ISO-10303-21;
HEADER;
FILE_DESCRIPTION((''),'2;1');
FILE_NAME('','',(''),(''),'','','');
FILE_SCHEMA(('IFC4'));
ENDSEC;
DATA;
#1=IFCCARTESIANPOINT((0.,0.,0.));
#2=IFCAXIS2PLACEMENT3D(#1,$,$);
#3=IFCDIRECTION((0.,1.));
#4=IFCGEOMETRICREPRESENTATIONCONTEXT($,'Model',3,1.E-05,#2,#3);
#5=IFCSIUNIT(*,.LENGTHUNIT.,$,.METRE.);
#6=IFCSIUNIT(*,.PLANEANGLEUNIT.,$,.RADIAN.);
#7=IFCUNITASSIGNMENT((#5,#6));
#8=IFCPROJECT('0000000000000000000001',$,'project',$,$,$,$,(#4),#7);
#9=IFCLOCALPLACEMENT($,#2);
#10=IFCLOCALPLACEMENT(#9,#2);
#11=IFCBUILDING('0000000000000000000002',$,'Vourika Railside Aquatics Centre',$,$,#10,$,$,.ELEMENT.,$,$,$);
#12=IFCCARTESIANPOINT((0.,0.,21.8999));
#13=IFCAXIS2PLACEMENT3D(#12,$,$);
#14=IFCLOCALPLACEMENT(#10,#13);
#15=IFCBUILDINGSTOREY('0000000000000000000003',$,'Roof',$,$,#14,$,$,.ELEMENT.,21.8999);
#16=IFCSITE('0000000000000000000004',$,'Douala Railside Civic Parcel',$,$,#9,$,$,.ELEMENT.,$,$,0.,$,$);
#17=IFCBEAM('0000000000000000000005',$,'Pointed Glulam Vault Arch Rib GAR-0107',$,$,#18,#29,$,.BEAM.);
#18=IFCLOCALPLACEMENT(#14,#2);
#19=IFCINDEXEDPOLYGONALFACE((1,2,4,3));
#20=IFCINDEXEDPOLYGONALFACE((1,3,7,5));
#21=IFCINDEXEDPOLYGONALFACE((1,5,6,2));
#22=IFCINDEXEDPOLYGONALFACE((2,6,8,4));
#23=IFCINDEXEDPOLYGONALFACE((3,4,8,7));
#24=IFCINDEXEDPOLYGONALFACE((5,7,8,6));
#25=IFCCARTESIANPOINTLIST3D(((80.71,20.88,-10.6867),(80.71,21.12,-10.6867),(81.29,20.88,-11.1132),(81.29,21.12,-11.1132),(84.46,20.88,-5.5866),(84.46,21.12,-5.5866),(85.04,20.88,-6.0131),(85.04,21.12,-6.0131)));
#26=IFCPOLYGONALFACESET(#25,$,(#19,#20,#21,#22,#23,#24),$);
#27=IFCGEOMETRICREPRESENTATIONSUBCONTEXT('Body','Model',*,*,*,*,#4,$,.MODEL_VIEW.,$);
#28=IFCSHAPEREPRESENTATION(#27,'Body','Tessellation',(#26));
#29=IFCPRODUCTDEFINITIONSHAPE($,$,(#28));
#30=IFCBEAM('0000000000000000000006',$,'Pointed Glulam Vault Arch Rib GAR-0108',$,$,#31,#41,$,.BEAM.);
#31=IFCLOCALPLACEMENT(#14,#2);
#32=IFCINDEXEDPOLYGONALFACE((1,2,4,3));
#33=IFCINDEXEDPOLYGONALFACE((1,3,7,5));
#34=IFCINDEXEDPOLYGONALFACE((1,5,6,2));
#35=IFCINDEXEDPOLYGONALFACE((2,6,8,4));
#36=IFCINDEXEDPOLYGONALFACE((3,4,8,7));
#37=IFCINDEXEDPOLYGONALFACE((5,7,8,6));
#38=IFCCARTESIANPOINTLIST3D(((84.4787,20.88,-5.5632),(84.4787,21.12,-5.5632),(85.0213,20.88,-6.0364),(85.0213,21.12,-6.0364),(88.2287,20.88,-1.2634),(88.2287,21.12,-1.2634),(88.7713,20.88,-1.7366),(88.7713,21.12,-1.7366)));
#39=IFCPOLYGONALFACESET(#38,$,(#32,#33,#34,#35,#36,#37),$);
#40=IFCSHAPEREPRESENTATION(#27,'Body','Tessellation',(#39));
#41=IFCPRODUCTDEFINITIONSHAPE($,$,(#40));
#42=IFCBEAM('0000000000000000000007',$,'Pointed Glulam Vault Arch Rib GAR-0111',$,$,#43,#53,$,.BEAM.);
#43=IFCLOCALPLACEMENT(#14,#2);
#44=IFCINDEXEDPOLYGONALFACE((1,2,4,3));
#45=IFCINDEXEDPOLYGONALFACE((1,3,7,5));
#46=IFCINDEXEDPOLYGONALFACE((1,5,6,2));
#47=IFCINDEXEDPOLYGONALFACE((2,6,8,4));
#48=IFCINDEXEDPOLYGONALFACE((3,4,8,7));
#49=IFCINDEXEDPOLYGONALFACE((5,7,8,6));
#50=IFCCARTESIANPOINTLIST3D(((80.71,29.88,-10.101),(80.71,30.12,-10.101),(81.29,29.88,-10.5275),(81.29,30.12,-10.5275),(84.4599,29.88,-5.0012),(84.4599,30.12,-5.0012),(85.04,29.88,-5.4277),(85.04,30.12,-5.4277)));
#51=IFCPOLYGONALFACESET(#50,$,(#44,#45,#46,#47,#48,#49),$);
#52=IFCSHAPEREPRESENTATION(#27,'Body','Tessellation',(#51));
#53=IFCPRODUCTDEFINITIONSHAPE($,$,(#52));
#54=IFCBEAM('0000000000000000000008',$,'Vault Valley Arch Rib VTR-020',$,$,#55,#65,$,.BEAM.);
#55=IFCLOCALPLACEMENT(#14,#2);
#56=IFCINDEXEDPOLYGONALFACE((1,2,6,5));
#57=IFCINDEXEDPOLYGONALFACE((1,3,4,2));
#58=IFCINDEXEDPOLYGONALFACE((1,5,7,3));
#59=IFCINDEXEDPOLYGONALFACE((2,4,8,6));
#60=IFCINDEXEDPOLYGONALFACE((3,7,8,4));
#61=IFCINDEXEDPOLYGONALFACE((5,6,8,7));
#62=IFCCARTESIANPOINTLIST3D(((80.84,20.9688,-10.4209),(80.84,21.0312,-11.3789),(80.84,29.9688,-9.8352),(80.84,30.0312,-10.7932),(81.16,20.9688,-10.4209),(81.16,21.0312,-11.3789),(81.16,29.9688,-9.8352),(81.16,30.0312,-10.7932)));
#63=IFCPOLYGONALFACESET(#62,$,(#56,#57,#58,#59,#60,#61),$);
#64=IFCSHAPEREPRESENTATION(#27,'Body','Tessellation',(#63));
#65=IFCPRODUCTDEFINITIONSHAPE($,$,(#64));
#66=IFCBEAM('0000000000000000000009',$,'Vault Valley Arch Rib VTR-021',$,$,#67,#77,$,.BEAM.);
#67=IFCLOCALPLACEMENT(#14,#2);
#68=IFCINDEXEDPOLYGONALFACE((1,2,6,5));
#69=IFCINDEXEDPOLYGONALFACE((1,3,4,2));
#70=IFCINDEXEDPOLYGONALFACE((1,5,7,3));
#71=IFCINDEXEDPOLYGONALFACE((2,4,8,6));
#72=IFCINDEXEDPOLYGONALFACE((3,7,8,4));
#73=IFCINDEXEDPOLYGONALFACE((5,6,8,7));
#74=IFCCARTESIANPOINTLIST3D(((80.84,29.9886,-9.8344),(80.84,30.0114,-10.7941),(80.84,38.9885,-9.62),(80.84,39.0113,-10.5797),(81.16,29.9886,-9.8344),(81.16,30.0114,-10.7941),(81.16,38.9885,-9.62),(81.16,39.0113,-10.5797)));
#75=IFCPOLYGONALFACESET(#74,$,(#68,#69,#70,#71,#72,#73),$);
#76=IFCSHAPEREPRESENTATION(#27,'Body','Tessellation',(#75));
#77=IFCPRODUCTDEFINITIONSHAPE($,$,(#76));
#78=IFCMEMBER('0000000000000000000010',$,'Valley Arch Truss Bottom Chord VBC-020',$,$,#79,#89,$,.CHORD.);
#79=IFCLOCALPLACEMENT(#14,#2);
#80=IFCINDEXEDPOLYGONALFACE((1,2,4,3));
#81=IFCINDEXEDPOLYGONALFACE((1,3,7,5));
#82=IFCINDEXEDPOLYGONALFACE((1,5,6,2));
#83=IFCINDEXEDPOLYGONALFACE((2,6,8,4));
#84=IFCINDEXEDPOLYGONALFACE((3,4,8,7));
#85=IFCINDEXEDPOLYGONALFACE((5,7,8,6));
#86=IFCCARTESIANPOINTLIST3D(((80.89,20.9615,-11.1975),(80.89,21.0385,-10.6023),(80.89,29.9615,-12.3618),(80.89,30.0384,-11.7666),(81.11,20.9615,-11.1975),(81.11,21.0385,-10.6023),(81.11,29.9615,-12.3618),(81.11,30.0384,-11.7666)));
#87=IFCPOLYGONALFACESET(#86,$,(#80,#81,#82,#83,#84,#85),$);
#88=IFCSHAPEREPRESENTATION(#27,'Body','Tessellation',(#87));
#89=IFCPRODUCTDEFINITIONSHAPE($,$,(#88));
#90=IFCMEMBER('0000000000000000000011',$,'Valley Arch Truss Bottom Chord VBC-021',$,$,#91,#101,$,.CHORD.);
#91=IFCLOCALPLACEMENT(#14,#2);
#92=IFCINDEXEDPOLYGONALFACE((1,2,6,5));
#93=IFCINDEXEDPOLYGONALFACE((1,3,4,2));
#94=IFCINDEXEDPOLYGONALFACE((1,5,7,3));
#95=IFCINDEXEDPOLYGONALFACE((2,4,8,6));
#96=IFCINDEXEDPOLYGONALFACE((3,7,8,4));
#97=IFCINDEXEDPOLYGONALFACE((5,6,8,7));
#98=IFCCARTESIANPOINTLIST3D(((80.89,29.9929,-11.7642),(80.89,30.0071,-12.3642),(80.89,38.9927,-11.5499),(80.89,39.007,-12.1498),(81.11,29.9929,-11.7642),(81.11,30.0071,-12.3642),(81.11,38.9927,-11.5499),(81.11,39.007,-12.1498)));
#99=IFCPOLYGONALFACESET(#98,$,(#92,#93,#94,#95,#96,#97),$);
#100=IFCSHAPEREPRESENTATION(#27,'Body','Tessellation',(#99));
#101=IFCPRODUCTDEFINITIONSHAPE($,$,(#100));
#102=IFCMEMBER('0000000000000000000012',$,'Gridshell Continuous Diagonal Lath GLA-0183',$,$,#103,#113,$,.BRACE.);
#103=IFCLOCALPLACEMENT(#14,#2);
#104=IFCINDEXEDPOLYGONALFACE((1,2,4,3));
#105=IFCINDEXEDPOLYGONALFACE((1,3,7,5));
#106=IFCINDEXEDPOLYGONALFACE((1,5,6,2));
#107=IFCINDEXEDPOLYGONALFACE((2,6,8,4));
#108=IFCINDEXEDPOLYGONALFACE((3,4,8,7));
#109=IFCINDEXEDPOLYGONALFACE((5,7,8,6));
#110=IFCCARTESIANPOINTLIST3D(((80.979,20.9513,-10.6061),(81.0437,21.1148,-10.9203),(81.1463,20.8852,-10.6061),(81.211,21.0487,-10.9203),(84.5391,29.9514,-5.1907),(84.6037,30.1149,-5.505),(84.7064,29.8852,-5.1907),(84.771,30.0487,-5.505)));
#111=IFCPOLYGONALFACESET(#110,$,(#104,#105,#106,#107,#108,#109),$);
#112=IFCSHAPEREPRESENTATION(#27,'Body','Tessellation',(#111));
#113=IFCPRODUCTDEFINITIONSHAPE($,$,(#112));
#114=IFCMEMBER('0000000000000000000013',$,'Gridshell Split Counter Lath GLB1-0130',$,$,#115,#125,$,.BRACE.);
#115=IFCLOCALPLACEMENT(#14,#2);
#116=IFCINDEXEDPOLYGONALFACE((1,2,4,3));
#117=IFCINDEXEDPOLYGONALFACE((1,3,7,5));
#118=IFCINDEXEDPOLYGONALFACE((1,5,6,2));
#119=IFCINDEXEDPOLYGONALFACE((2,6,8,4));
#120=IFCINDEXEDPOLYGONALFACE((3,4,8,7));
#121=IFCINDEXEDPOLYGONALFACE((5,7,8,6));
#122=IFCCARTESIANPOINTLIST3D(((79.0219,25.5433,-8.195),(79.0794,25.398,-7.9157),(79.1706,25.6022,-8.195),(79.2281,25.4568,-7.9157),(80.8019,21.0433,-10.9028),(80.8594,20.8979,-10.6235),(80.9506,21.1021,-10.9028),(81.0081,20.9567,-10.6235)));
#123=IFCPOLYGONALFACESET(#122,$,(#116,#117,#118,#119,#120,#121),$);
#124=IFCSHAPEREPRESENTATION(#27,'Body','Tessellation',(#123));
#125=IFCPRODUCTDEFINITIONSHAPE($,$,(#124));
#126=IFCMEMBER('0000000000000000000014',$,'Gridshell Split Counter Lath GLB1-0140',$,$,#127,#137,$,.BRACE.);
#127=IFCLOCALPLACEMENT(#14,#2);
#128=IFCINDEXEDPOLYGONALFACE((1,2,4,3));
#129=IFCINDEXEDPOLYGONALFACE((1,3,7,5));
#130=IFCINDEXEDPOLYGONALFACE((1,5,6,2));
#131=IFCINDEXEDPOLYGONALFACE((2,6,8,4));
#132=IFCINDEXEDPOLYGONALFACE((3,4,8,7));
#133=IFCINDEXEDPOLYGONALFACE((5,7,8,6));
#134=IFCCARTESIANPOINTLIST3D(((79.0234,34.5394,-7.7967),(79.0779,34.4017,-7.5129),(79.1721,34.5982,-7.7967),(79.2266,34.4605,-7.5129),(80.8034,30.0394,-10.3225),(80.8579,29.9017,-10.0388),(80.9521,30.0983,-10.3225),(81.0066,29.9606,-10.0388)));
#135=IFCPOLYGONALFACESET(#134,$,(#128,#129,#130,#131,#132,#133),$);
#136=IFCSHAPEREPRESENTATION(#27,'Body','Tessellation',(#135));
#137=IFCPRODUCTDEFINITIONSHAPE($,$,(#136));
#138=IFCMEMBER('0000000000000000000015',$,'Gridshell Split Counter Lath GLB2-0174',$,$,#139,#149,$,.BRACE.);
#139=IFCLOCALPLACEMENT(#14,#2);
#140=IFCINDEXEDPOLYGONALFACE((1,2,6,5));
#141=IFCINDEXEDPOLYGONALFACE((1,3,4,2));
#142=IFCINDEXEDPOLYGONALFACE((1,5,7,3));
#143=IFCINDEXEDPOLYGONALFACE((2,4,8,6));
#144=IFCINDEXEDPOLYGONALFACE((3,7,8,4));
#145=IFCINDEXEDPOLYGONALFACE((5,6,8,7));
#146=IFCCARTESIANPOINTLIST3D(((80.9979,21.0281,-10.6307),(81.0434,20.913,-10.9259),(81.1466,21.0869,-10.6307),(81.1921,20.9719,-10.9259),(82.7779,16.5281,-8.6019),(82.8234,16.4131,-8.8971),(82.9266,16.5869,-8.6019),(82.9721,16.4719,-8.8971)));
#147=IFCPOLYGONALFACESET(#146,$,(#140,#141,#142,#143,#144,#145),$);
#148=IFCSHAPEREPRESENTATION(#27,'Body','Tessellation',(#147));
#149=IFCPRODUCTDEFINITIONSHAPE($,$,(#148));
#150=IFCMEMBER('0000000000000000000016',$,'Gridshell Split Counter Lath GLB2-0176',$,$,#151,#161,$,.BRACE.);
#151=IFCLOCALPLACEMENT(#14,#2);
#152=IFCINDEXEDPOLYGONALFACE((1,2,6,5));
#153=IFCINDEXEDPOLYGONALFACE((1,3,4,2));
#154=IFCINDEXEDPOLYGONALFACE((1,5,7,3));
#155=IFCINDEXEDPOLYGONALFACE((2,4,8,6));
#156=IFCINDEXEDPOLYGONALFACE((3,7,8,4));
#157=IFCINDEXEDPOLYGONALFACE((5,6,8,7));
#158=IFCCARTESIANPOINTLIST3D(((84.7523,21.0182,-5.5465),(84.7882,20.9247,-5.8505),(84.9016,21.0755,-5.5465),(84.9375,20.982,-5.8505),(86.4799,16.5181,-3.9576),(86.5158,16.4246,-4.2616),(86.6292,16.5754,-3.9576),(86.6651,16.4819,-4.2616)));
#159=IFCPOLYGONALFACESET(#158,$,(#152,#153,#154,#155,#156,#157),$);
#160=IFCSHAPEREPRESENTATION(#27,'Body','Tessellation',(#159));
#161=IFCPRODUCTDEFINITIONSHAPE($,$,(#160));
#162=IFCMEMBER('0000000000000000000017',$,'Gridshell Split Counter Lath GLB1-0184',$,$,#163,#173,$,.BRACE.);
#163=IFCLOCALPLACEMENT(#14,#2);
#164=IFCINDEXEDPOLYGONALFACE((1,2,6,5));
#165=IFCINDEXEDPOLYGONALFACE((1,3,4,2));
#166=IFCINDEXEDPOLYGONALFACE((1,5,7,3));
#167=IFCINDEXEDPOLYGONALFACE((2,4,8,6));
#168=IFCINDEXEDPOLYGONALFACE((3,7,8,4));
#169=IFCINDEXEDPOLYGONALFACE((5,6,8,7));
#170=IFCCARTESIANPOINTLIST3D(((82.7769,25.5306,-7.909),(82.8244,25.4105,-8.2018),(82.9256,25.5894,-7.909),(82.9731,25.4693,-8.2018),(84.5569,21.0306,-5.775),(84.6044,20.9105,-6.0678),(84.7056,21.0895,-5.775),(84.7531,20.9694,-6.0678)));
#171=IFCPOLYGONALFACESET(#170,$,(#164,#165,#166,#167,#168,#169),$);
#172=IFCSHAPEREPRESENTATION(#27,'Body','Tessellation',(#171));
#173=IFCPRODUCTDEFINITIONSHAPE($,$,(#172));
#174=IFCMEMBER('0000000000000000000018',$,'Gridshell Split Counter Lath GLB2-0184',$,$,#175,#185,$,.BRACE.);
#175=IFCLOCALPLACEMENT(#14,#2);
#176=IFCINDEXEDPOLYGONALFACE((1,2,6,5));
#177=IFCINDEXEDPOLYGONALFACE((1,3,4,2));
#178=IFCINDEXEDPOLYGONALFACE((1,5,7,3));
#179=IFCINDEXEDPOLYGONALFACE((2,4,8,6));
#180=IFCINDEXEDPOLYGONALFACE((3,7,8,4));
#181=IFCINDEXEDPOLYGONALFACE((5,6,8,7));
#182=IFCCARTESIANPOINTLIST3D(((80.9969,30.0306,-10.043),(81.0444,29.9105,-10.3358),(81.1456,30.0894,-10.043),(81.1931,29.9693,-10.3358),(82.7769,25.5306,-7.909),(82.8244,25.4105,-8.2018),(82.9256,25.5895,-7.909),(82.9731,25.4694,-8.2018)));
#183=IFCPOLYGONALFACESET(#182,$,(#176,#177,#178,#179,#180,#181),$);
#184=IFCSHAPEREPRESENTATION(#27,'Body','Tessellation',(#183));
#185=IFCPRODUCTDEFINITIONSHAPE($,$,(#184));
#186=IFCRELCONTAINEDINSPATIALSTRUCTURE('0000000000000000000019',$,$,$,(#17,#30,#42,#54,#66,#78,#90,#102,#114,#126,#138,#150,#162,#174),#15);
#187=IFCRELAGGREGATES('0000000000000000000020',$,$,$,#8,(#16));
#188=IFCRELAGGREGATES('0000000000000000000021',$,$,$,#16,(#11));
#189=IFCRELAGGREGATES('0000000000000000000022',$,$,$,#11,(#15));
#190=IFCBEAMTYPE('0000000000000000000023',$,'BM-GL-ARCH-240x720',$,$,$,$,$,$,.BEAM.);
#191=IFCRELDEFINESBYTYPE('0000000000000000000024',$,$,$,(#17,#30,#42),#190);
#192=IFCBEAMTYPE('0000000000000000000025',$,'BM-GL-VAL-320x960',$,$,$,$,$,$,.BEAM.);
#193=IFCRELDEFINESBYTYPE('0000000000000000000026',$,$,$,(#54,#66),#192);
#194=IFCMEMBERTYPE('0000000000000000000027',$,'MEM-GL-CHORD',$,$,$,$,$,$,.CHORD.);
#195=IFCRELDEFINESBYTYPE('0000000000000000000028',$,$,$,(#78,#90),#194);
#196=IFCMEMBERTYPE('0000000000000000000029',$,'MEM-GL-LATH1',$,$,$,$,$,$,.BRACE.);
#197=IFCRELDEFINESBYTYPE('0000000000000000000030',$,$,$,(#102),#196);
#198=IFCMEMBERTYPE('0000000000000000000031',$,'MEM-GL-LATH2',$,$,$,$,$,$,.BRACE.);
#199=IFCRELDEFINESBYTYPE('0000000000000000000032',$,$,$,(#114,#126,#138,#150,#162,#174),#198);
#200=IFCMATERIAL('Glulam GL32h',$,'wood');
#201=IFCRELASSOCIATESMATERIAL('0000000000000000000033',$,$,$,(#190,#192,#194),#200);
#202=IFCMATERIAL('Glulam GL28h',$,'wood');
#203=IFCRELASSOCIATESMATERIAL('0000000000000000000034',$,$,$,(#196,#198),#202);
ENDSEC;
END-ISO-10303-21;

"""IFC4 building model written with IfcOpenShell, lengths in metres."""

from ifc_helpers import new_model, si_unit, direction, frame, origin, origin_2d, place, context, subcontext, project, spatial, rectangle, extrude, material, material_profile, profile_set, type_object, element, save


model = new_model("IFC4")

# Units and contexts
model_context = context("Model", 3, precision=1e-05, world=origin(), true_north=direction((0.0, 1.0)))
body_context = subcontext(model_context, "Body", "Model", "MODEL_VIEW")
ifc_project = project(units=[si_unit("LENGTHUNIT", "METRE"), si_unit("PLANEANGLEUNIT", "RADIAN")], contexts=[model_context])

# Site, building, storey
site_placement = place(None, origin())
site = spatial("IfcSite", under=ifc_project, at=site_placement, Name="Douala Railside Civic Parcel", CompositionType="ELEMENT", RefElevation=0.0)
building_placement = place(site_placement, origin())
building = spatial("IfcBuilding", under=site, at=building_placement, Name="Vourika Railside Aquatics Centre", CompositionType="ELEMENT")
storey_placement = place(building_placement, frame((0.0, 0.0, 21.8999)))
storey = spatial("IfcBuildingStorey", under=building, at=storey_placement, Name="Roof", CompositionType="ELEMENT", Elevation=21.8999)

# Beams
ifc_material_1 = material(Name="Glulam GL32h", Category="wood")
ifc_material_profile_1 = material_profile(ifc_material_1, rectangle(XDim=0.24, YDim=0.72, at=origin_2d()), Name="GL32h 240x720")
ifc_profile_set_1 = profile_set([ifc_material_profile_1], Name="Glulam GL32h")
beam_type_1 = type_object("IfcBeamType", Name="BM-GL-ARCH-240x720", PredefinedType="BEAM", material=ifc_profile_set_1)
beam_1_placement = place(storey_placement, frame((81.0, 21.0, -10.8999), z_axis=(0.592383, 0.0, 0.805656), x_axis=(0.0, 1.0, 0.0)))
element("IfcBeam", 1, at=beam_1_placement, inside=storey, type_object=beam_type_1, Name="Pointed Glulam Vault Arch Rib GAR-0107", PredefinedType="BEAM", context=body_context, shape_type="SweptSolid", body=[
    extrude(rectangle(XDim=0.24, YDim=0.72, at=origin_2d()), origin(), (0.0, 0.0, 1.0), 6.3303),
])
beam_2_placement = place(storey_placement, frame((84.75, 21.0, -5.7998), z_axis=(0.65728, 0.0, 0.753647), x_axis=(0.0, 1.0, 0.0)))
element("IfcBeam", 2, at=beam_2_placement, inside=storey, type_object=beam_type_1, Name="Pointed Glulam Vault Arch Rib GAR-0108", PredefinedType="BEAM", context=body_context, shape_type="SweptSolid", body=[
    extrude(rectangle(XDim=0.24, YDim=0.72, at=origin_2d()), origin(), (0.0, 0.0, 1.0), 5.7053),
])
beam_3_placement = place(storey_placement, frame((81.0, 30.0, -10.3142), z_axis=(0.592401, 0.0, 0.805643), x_axis=(0.0, 1.0, 0.0)))
element("IfcBeam", 3, at=beam_3_placement, inside=storey, type_object=beam_type_1, Name="Pointed Glulam Vault Arch Rib GAR-0111", PredefinedType="BEAM", context=body_context, shape_type="SweptSolid", body=[
    extrude(rectangle(XDim=0.24, YDim=0.72, at=origin_2d()), origin(), (0.0, 0.0, 1.0), 6.3301),
])
ifc_material_profile_2 = material_profile(ifc_material_1, rectangle(XDim=0.3201, YDim=0.96, at=origin_2d()), Name="GL32h 320x960")
ifc_profile_set_2 = profile_set([ifc_material_profile_2], Name="Glulam GL32h")
beam_type_2 = type_object("IfcBeamType", Name="BM-GL-VAL-320x960", PredefinedType="BEAM", material=ifc_profile_set_2)
beam_4_placement = place(storey_placement, frame((81.0, 21.0, -10.8999), z_axis=(0.0, 0.997889, 0.06494), x_axis=(-1.0, 0.0, 0.0)))
element("IfcBeam", 4, at=beam_4_placement, inside=storey, type_object=beam_type_2, Name="Vault Valley Arch Rib VTR-020", PredefinedType="BEAM", context=body_context, shape_type="SweptSolid", body=[
    extrude(rectangle(XDim=0.3201, YDim=0.96, at=origin_2d()), origin(), (0.0, 0.0, 1.0), 9.019),
])
beam_5_placement = place(storey_placement, frame((81.0, 30.0, -10.3142), z_axis=(0.0, 0.999716, 0.023811), x_axis=(-1.0, 0.0, 0.0)))
element("IfcBeam", 5, at=beam_5_placement, inside=storey, type_object=beam_type_2, Name="Vault Valley Arch Rib VTR-021", PredefinedType="BEAM", context=body_context, shape_type="SweptSolid", body=[
    extrude(rectangle(XDim=0.3201, YDim=0.96, at=origin_2d()), origin(), (0.0, 0.0, 1.0), 9.0024),
])

# Members
ifc_material_profile_3 = material_profile(ifc_material_1, rectangle(XDim=0.22, YDim=0.6001, at=origin_2d()), Name="GL32h 220x600")
ifc_profile_set_3 = profile_set([ifc_material_profile_3], Name="Glulam GL32h")
member_type_1 = type_object("IfcMemberType", Name="MEM-GL-CHORD", PredefinedType="CHORD", material=ifc_profile_set_3)
member_1_placement = place(storey_placement, frame((81.0, 21.0, -10.8999), z_axis=(0.0, 0.991736, -0.128298), x_axis=(-1.0, 0.0, 0.0)))
element("IfcMember", 6, at=member_1_placement, inside=storey, type_object=member_type_1, Name="Valley Arch Truss Bottom Chord VBC-020", PredefinedType="CHORD", context=body_context, shape_type="SweptSolid", body=[
    extrude(rectangle(XDim=0.22, YDim=0.6001, at=origin_2d()), origin(), (0.0, 0.0, 1.0), 9.075),
])
member_2_placement = place(storey_placement, frame((81.0, 30.0, -12.0642), z_axis=(0.0, 0.999716, 0.023811), x_axis=(-1.0, 0.0, 0.0)))
element("IfcMember", 7, at=member_2_placement, inside=storey, type_object=member_type_1, Name="Valley Arch Truss Bottom Chord VBC-021", PredefinedType="CHORD", context=body_context, shape_type="SweptSolid", body=[
    extrude(rectangle(XDim=0.22, YDim=0.6001, at=origin_2d()), origin(), (0.0, 0.0, 1.0), 9.0024),
])
ifc_material_2 = material(Name="Glulam GL28h", Category="wood")
ifc_material_profile_4 = material_profile(ifc_material_2, rectangle(XDim=0.1799, YDim=0.3601, at=origin_2d()), Name="GL28h 180x360")
ifc_profile_set_4 = profile_set([ifc_material_profile_4], Name="Glulam GL28h")
member_type_2 = type_object("IfcMemberType", Name="MEM-GL-LATH1", PredefinedType="BRACE", material=ifc_profile_set_4)
member_3_placement = place(storey_placement, frame((81.095, 21.0, -10.7632), z_axis=(0.321001, 0.811505, 0.488281), x_axis=(-0.929893, 0.36783, 0.0)))
element("IfcMember", 8, at=member_3_placement, inside=storey, type_object=member_type_2, Name="Gridshell Continuous Diagonal Lath GLA-0183", PredefinedType="BRACE", context=body_context, shape_type="SweptSolid", body=[
    extrude(rectangle(XDim=0.1799, YDim=0.3601, at=origin_2d()), origin(), (0.0, 0.0, 1.0), 11.0906),
])
ifc_material_profile_5 = material_profile(ifc_material_2, rectangle(XDim=0.1599, YDim=0.3201, at=origin_2d()), Name="GL28h 160x320")
ifc_profile_set_5 = profile_set([ifc_material_profile_5], Name="Glulam GL28h")
member_type_3 = type_object("IfcMemberType", Name="MEM-GL-LATH2", PredefinedType="BRACE", material=ifc_profile_set_5)
member_4_placement = place(storey_placement, frame((80.905, 21.0, -10.7632), z_axis=(-0.320997, 0.811496, 0.488298), x_axis=(-0.929893, -0.36783, 0.0)))
element("IfcMember", 9, at=member_4_placement, inside=storey, type_object=member_type_3, Name="Gridshell Split Counter Lath GLB1-0130", PredefinedType="BRACE", context=body_context, shape_type="SweptSolid", body=[
    extrude(rectangle(XDim=0.1599, YDim=0.3201, at=origin_2d()), origin(), (0.0, 0.0, 1.0), 5.5454),
])
member_5_placement = place(storey_placement, frame((80.905, 30.0, -10.1807), z_axis=(-0.326084, 0.824356, 0.462716), x_axis=(-0.929893, -0.36783, 0.0)))
element("IfcMember", 10, at=member_5_placement, inside=storey, type_object=member_type_3, Name="Gridshell Split Counter Lath GLB1-0140", PredefinedType="BRACE", context=body_context, shape_type="SweptSolid", body=[
    extrude(rectangle(XDim=0.1599, YDim=0.3201, at=origin_2d()), origin(), (0.0, 0.0, 1.0), 5.4587),
])
member_6_placement = place(storey_placement, frame((82.875, 16.5, -8.7495), z_axis=(-0.339225, 0.857577, -0.386636), x_axis=(-0.929893, -0.36783, 0.0)))
element("IfcMember", 11, at=member_6_placement, inside=storey, type_object=member_type_3, Name="Gridshell Split Counter Lath GLB2-0174", PredefinedType="BRACE", context=body_context, shape_type="SweptSolid", body=[
    extrude(rectangle(XDim=0.1599, YDim=0.3201, at=origin_2d()), origin(), (0.0, 0.0, 1.0), 5.2473),
])
member_7_placement = place(storey_placement, frame((86.5725, 16.5, -4.1096), z_axis=(-0.34038, 0.886643, -0.313057), x_axis=(-0.93357, -0.358395, 0.0)))
element("IfcMember", 12, at=member_7_placement, inside=storey, type_object=member_type_3, Name="Gridshell Split Counter Lath GLB2-0176", PredefinedType="BRACE", context=body_context, shape_type="SweptSolid", body=[
    extrude(rectangle(XDim=0.1599, YDim=0.3201, at=origin_2d()), origin(), (0.0, 0.0, 1.0), 5.0754),
])
for number, where, z_axis, x_axis, name in (
    (13, (84.655, 21.0, -5.9214), (-0.336559, 0.850836, -0.403492), (-0.929893, -0.36783, 0.0), "Gridshell Split Counter Lath GLB1-0184"),
    (14, (82.875, 25.5, -8.0554), (-0.336559, 0.850836, -0.403492), (-0.929893, -0.36783, 0.0), "Gridshell Split Counter Lath GLB2-0184"),
):
    element("IfcMember", number, at=place(storey_placement, frame(where, z_axis=z_axis, x_axis=x_axis)), inside=storey, type_object=member_type_3, Name=name, PredefinedType="BRACE", context=body_context, shape_type="SweptSolid", body=[
        extrude(rectangle(XDim=0.1599, YDim=0.3201, at=origin_2d()), origin(), (0.0, 0.0, 1.0), 5.2888),
    ])

save(model, "model.ifc")
